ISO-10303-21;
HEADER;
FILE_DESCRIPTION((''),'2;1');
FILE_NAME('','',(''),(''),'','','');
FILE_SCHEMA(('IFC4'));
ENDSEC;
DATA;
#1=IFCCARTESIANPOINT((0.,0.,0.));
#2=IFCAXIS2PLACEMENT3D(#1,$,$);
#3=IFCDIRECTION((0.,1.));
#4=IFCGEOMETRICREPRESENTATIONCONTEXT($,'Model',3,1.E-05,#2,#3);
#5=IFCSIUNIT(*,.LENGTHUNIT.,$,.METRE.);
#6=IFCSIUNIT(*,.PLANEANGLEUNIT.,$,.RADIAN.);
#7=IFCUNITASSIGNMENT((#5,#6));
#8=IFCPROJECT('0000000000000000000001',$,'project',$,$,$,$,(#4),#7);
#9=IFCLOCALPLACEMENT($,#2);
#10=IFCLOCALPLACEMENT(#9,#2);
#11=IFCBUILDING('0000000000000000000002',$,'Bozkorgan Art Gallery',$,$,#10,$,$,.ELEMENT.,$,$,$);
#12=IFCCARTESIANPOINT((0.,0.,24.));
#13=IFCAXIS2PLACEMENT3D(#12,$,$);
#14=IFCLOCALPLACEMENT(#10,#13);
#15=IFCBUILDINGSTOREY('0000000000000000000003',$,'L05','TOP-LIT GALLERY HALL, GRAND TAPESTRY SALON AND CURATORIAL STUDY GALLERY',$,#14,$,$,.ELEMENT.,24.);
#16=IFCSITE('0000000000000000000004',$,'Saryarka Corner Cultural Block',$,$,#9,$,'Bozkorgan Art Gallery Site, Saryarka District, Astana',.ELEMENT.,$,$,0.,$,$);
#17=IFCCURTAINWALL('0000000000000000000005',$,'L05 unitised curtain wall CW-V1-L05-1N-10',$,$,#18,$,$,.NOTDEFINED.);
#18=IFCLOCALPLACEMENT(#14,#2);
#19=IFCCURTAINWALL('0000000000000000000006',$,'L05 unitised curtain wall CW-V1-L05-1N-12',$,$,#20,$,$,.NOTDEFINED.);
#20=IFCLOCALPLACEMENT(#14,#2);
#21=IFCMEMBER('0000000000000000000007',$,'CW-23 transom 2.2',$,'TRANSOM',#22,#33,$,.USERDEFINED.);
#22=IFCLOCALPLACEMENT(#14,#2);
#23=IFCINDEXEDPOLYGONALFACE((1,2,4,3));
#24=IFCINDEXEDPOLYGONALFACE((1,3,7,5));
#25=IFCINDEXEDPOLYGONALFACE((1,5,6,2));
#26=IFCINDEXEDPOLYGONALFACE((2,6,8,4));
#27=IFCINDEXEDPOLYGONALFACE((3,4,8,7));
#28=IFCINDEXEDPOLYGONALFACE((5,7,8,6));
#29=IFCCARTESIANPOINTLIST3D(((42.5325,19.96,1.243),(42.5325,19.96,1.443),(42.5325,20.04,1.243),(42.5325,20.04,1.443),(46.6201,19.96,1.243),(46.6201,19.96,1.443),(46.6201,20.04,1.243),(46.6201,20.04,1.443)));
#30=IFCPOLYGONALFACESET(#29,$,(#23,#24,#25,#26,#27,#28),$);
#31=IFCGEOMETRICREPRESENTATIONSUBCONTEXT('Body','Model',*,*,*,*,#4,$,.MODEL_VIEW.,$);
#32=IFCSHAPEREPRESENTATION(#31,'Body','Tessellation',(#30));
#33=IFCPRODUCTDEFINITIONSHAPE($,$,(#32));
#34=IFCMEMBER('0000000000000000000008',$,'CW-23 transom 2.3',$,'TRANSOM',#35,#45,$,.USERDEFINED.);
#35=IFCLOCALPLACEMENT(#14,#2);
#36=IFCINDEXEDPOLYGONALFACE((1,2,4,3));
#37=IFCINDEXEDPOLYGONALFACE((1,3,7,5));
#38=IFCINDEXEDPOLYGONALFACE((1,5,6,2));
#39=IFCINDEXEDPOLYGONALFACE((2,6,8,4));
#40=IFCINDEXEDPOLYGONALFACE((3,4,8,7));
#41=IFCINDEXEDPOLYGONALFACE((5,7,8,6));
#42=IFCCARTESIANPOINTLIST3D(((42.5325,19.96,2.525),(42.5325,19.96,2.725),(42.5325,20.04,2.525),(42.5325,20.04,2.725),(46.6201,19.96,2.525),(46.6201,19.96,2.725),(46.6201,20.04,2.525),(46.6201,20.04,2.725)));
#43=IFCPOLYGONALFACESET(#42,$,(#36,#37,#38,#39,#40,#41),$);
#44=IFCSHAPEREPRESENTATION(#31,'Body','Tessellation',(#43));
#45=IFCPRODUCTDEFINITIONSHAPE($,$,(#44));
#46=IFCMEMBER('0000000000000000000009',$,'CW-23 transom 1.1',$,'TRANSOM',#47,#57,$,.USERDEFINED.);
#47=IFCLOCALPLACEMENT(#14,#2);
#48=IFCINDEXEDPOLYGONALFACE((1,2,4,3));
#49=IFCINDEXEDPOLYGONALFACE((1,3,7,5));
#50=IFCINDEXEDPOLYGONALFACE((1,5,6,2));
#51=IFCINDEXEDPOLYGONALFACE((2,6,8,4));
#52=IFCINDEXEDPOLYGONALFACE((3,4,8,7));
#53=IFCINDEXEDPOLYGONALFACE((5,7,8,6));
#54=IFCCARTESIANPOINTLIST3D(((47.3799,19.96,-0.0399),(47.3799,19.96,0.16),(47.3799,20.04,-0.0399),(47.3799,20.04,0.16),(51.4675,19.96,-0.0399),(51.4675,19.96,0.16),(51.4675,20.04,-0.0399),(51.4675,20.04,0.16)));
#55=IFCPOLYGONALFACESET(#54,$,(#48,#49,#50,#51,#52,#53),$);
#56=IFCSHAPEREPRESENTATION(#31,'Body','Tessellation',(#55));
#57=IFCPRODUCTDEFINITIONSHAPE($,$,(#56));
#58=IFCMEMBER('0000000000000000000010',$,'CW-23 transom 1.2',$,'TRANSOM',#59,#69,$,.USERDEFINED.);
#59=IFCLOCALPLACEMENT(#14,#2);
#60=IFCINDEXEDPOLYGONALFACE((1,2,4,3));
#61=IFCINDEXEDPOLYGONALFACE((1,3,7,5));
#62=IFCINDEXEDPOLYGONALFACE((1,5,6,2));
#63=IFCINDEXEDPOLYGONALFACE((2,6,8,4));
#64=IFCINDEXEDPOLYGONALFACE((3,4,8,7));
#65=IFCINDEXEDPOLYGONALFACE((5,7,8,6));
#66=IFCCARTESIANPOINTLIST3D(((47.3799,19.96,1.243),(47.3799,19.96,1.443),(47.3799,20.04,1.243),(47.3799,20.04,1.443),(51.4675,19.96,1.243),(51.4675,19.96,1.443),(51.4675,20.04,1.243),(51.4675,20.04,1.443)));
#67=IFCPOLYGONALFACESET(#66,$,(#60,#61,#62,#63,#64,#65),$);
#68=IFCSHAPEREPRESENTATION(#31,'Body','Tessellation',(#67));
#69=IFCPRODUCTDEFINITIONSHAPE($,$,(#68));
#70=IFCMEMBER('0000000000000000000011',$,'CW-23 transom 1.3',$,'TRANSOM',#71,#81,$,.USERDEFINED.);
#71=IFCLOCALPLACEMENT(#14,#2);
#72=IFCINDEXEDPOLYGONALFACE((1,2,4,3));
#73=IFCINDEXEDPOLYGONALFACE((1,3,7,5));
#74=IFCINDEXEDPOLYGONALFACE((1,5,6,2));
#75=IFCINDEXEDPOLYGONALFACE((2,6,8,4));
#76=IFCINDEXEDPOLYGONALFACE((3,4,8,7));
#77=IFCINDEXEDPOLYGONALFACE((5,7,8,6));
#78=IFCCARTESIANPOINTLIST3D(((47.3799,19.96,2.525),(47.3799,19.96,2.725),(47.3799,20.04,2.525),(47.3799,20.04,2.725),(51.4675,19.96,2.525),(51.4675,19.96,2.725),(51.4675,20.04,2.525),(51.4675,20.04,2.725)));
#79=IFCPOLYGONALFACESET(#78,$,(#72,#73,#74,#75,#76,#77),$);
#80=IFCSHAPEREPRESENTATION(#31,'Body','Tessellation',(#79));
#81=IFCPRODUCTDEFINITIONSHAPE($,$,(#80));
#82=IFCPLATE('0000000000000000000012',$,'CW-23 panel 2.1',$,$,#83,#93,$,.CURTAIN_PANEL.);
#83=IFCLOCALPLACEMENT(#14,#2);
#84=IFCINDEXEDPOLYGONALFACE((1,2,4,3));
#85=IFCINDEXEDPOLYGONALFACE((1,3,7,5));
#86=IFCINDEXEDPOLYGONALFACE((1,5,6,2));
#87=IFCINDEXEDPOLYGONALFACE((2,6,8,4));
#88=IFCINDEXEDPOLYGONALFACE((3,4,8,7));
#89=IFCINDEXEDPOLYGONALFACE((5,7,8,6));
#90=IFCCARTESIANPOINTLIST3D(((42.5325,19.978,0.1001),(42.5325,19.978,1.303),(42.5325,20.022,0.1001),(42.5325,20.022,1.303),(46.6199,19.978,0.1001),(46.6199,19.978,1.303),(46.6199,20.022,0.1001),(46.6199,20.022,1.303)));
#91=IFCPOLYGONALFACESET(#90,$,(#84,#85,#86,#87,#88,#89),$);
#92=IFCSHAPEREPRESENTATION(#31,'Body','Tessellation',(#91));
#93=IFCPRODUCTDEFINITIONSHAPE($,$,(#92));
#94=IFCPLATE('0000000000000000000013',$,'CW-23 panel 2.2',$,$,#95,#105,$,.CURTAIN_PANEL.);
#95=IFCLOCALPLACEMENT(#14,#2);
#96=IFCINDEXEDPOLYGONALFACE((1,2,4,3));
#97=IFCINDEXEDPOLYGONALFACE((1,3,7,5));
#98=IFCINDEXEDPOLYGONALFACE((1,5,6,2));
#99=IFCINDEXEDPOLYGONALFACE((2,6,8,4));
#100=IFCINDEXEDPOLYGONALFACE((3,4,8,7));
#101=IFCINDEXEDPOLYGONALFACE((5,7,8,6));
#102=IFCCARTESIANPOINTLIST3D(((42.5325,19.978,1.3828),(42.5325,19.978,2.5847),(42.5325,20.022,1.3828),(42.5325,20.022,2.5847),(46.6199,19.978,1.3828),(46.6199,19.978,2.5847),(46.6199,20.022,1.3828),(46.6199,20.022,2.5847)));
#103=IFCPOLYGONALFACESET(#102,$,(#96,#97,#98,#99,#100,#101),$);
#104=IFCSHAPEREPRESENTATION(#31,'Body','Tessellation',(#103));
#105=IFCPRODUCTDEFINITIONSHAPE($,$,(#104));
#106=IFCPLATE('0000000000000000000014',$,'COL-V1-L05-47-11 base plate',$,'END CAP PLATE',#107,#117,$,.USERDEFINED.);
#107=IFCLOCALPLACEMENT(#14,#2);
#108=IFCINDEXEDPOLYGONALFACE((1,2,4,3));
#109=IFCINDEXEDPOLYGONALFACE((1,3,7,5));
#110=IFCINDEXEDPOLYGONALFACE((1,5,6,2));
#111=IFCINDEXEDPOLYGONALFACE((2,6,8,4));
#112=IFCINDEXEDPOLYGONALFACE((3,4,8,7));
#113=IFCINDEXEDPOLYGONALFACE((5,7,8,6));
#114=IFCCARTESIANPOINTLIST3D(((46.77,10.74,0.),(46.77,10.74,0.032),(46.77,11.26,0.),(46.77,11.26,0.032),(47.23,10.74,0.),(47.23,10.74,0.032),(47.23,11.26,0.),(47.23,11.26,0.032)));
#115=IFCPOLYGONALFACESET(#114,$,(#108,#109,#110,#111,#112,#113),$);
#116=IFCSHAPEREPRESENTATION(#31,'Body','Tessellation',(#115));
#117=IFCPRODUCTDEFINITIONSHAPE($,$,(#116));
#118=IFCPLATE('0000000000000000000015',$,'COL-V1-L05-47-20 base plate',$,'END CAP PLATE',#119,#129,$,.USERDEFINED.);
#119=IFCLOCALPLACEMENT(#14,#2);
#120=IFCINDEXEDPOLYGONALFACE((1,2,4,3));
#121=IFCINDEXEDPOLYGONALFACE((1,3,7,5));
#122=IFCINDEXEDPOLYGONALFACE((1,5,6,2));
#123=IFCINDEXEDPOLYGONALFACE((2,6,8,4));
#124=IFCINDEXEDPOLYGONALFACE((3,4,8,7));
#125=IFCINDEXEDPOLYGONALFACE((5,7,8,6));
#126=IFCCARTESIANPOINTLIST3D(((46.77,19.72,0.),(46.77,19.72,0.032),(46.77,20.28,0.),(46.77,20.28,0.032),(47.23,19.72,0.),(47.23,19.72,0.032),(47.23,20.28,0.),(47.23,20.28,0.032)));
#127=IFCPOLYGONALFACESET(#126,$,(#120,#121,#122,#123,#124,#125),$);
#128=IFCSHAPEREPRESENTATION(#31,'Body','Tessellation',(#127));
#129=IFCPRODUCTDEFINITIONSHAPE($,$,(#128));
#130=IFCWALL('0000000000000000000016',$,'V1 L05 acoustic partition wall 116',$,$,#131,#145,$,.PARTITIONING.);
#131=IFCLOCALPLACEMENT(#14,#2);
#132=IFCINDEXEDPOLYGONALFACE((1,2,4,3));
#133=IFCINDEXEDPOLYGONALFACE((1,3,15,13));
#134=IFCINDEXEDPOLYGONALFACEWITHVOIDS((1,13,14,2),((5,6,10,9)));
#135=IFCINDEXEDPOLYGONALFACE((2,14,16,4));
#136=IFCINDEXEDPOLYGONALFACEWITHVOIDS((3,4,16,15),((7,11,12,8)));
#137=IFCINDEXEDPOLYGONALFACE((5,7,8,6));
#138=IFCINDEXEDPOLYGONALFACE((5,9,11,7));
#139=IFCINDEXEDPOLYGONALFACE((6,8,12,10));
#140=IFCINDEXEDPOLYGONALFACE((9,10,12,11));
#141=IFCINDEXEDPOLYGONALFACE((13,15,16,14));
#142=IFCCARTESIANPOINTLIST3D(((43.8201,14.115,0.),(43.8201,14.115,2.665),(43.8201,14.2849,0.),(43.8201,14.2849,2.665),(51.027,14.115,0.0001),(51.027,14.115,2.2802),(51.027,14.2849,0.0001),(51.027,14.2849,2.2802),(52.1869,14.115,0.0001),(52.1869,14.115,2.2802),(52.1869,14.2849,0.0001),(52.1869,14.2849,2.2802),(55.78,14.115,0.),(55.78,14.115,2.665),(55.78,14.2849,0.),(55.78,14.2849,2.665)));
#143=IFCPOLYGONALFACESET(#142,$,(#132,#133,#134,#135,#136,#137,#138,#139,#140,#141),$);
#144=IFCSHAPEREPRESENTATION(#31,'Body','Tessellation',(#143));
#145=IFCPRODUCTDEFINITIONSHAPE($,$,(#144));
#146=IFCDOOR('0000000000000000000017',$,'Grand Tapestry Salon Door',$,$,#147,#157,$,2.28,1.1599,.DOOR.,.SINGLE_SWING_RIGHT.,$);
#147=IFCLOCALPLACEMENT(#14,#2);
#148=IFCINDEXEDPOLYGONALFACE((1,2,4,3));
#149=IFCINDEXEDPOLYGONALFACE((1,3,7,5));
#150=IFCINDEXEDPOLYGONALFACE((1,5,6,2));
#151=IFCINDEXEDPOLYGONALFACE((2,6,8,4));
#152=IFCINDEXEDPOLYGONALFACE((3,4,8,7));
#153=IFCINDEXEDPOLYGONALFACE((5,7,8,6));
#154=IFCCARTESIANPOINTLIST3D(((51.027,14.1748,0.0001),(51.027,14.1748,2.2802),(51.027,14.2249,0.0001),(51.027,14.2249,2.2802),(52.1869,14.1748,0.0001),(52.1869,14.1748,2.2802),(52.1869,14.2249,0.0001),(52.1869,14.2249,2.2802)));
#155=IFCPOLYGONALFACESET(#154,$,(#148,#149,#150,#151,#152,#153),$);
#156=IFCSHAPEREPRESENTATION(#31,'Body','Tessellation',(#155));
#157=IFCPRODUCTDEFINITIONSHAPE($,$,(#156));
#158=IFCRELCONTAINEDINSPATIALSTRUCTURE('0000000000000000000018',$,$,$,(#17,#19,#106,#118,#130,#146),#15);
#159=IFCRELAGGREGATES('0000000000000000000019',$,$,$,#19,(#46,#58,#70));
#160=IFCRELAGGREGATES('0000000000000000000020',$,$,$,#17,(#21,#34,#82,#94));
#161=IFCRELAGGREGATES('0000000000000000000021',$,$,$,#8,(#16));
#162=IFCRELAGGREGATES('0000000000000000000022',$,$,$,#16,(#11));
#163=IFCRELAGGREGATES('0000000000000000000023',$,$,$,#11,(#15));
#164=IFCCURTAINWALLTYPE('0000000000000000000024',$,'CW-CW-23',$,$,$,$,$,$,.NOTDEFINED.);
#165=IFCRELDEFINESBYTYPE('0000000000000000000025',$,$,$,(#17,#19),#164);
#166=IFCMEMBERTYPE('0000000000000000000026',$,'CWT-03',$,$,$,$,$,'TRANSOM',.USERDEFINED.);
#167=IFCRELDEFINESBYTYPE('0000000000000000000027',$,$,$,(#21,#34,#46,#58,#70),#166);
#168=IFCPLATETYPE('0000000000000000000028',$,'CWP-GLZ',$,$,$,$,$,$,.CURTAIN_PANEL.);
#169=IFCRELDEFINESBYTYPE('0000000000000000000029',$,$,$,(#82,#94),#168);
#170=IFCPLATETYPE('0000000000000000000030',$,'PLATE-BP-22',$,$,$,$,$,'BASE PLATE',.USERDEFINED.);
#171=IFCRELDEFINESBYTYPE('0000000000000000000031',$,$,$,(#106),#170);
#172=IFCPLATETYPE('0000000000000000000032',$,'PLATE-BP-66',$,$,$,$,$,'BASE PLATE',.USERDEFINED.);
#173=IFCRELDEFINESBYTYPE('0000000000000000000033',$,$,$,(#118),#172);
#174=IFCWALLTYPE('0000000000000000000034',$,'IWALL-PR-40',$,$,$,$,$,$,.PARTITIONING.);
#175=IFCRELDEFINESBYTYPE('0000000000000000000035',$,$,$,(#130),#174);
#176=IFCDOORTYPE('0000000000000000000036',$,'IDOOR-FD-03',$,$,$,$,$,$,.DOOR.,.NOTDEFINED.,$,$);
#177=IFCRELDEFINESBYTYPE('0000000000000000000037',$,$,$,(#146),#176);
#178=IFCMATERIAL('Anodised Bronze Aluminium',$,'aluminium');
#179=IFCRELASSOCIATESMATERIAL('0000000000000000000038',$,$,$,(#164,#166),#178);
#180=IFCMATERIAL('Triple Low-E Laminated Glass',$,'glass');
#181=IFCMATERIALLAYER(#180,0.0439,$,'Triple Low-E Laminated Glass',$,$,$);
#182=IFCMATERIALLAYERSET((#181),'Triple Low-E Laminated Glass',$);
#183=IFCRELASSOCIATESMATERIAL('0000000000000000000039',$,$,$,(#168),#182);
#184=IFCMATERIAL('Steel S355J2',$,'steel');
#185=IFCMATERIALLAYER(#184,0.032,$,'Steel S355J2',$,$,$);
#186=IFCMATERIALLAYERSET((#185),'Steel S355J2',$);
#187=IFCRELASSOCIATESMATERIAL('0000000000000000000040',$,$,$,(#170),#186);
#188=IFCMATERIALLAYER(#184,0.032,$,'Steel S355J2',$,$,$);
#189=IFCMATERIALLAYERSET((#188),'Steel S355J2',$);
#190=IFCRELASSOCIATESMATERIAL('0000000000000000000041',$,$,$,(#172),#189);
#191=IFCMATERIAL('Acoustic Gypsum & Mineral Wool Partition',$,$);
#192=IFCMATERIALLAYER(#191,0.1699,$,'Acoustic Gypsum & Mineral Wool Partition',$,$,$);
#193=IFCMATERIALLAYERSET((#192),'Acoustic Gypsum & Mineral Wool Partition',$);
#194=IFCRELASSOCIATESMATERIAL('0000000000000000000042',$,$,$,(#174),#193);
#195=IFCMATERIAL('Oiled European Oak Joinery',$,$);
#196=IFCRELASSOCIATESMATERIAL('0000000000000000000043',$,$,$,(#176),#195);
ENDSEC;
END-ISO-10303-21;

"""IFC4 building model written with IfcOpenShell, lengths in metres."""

from ifc_helpers import new_model, si_unit, direction, frame, frame_2d, origin, origin_2d, place, context, subcontext, project, spatial, rectangle, extrude, material, layer, layer_set, material_profile, profile_set, type_object, element, fill, aggregate, save


model = new_model("IFC4")

# Units and contexts
model_context = context("Model", 3, precision=1e-05, world=origin(), true_north=direction((0.0, 1.0)))
body_context = subcontext(model_context, "Body", "Model", "MODEL_VIEW")
ifc_project = project(units=[si_unit("LENGTHUNIT", "METRE"), si_unit("PLANEANGLEUNIT", "RADIAN")], contexts=[model_context])

# Site, building, storey
site_placement = place(None, origin())
site = spatial("IfcSite", under=ifc_project, at=site_placement, Name="Saryarka Corner Cultural Block", LongName="Bozkorgan Art Gallery Site, Saryarka District, Astana", CompositionType="ELEMENT", RefElevation=0.0)
building_placement = place(site_placement, origin())
building = spatial("IfcBuilding", under=site, at=building_placement, Name="Bozkorgan Art Gallery", CompositionType="ELEMENT")
storey_placement = place(building_placement, frame((0.0, 0.0, 24.0)))
storey = spatial("IfcBuildingStorey", under=building, at=storey_placement, Name="L05", Description="TOP-LIT GALLERY HALL, GRAND TAPESTRY SALON AND CURATORIAL STUDY GALLERY", CompositionType="ELEMENT", Elevation=24.0)

# Shared definitions
ifc_material_1 = material(Name="Steel S355J2", Category="steel")

# Curtain wall
ifc_material_2 = material(Name="Anodised Bronze Aluminium", Category="aluminium")
curtain_wall_type = type_object("IfcCurtainWallType", Name="CW-CW-23", PredefinedType="NOTDEFINED", material=ifc_material_2)
curtain_wall_1_placement = place(storey_placement, origin())
curtain_wall_1 = element("IfcCurtainWall", 1, at=curtain_wall_1_placement, inside=storey, type_object=curtain_wall_type, Name="L05 unitised curtain wall CW-V1-L05-1N-10", PredefinedType="NOTDEFINED")

# Curtain wall
curtain_wall_2_placement = place(storey_placement, origin())
curtain_wall_2 = element("IfcCurtainWall", 2, at=curtain_wall_2_placement, inside=storey, type_object=curtain_wall_type, Name="L05 unitised curtain wall CW-V1-L05-1N-12", PredefinedType="NOTDEFINED")

# Members
ifc_material_profile_1 = material_profile(ifc_material_2, rectangle(XDim=0.0801, YDim=0.2, at=origin_2d()), Name="ALU TRANSOM 80x200")
ifc_profile_set_1 = profile_set([ifc_material_profile_1], Name="Anodised Bronze Aluminium")
member_type_1 = type_object("IfcMemberType", Name="CWT-03", ElementType="TRANSOM", PredefinedType="USERDEFINED", material=ifc_profile_set_1)
member_1_placement = place(storey_placement, frame((42.5325, 20.0, 1.343), z_axis=(1.0, 0.0, 0.0), x_axis=(0.0, 1.0, 0.0)))
member_1 = element("IfcMember", 3, at=member_1_placement, type_object=member_type_1, Name="CW-23 transom 2.2", ObjectType="TRANSOM", PredefinedType="USERDEFINED", context=body_context, shape_type="SweptSolid", body=[
    extrude(rectangle(XDim=0.0801, YDim=0.2, at=origin_2d()), origin(), (0.0, 0.0, 1.0), 4.0876),
])
member_2_placement = place(storey_placement, frame((42.5325, 20.0, 2.625), z_axis=(1.0, 0.0, 0.0), x_axis=(0.0, 1.0, 0.0)))
member_2 = element("IfcMember", 4, at=member_2_placement, type_object=member_type_1, Name="CW-23 transom 2.3", ObjectType="TRANSOM", PredefinedType="USERDEFINED", context=body_context, shape_type="SweptSolid", body=[
    extrude(rectangle(XDim=0.0801, YDim=0.2, at=origin_2d()), origin(), (0.0, 0.0, 1.0), 4.0876),
])
member_3_placement = place(storey_placement, frame((47.3799, 20.0, 0.0601), z_axis=(1.0, 0.0, 0.0), x_axis=(0.0, 1.0, 0.0)))
member_3 = element("IfcMember", 5, at=member_3_placement, type_object=member_type_1, Name="CW-23 transom 1.1", ObjectType="TRANSOM", PredefinedType="USERDEFINED", context=body_context, shape_type="SweptSolid", body=[
    extrude(rectangle(XDim=0.0801, YDim=0.2, at=origin_2d()), origin(), (0.0, 0.0, 1.0), 4.0876),
])
member_4_placement = place(storey_placement, frame((47.3799, 20.0, 1.343), z_axis=(1.0, 0.0, 0.0), x_axis=(0.0, 1.0, 0.0)))
member_4 = element("IfcMember", 6, at=member_4_placement, type_object=member_type_1, Name="CW-23 transom 1.2", ObjectType="TRANSOM", PredefinedType="USERDEFINED", context=body_context, shape_type="SweptSolid", body=[
    extrude(rectangle(XDim=0.0801, YDim=0.2, at=origin_2d()), origin(), (0.0, 0.0, 1.0), 4.0876),
])
member_5_placement = place(storey_placement, frame((47.3799, 20.0, 2.625), z_axis=(1.0, 0.0, 0.0), x_axis=(0.0, 1.0, 0.0)))
member_5 = element("IfcMember", 7, at=member_5_placement, type_object=member_type_1, Name="CW-23 transom 1.3", ObjectType="TRANSOM", PredefinedType="USERDEFINED", context=body_context, shape_type="SweptSolid", body=[
    extrude(rectangle(XDim=0.0801, YDim=0.2, at=origin_2d()), origin(), (0.0, 0.0, 1.0), 4.0876),
])
aggregate(curtain_wall_2, [member_3, member_4, member_5])

# Plates
ifc_material_3 = material(Name="Triple Low-E Laminated Glass", Category="glass")
ifc_layer_1 = layer(ifc_material_3, 0.0439, Name="Triple Low-E Laminated Glass")
ifc_layer_set_1 = layer_set([ifc_layer_1], Name="Triple Low-E Laminated Glass")
plate_type_1 = type_object("IfcPlateType", Name="CWP-GLZ", PredefinedType="CURTAIN_PANEL", material=ifc_layer_set_1)
plate_1_placement = place(storey_placement, frame((44.5762, 20.0, 0.1001), z_axis=(0.0, 0.0, 1.0), x_axis=(1.0, 0.0, 0.0)))
plate_1 = element("IfcPlate", 8, at=plate_1_placement, type_object=plate_type_1, Name="CW-23 panel 2.1", PredefinedType="CURTAIN_PANEL", context=body_context, shape_type="SweptSolid", body=[
    extrude(rectangle(XDim=4.0874, YDim=0.0439, at=origin_2d()), origin(), (0.0, 0.0, 1.0), 1.2029),
])
plate_2_placement = place(storey_placement, frame((44.5762, 20.0, 1.3828), z_axis=(0.0, 0.0, 1.0), x_axis=(1.0, 0.0, 0.0)))
plate_2 = element("IfcPlate", 9, at=plate_2_placement, type_object=plate_type_1, Name="CW-23 panel 2.2", PredefinedType="CURTAIN_PANEL", context=body_context, shape_type="SweptSolid", body=[
    extrude(rectangle(XDim=4.0874, YDim=0.0439, at=origin_2d()), origin(), (0.0, 0.0, 1.0), 1.2019),
])
aggregate(curtain_wall_1, [member_1, member_2, plate_1, plate_2])

# Plates
ifc_layer_2 = layer(ifc_material_1, 0.032, Name="Steel S355J2")
ifc_layer_set_2 = layer_set([ifc_layer_2], Name="Steel S355J2")
plate_type_2 = type_object("IfcPlateType", Name="PLATE-BP-22", ElementType="BASE PLATE", PredefinedType="USERDEFINED", material=ifc_layer_set_2)
plate_3_placement = place(storey_placement, frame((47.0, 11.0, 0.0), z_axis=(0.0, 0.0, 1.0), x_axis=(1.0, 0.0, 0.0)))
element("IfcPlate", 10, at=plate_3_placement, inside=storey, type_object=plate_type_2, Name="COL-V1-L05-47-11 base plate", ObjectType="END CAP PLATE", PredefinedType="USERDEFINED", context=body_context, shape_type="SweptSolid", body=[
    extrude(rectangle(XDim=0.46, YDim=0.52, at=origin_2d()), origin(), (0.0, 0.0, 1.0), 0.032),
])
ifc_layer_3 = layer(ifc_material_1, 0.032, Name="Steel S355J2")
ifc_layer_set_3 = layer_set([ifc_layer_3], Name="Steel S355J2")
plate_type_3 = type_object("IfcPlateType", Name="PLATE-BP-66", ElementType="BASE PLATE", PredefinedType="USERDEFINED", material=ifc_layer_set_3)
plate_4_placement = place(storey_placement, frame((47.0, 20.0, 0.0), z_axis=(0.0, 0.0, 1.0), x_axis=(1.0, 0.0, 0.0)))
element("IfcPlate", 11, at=plate_4_placement, inside=storey, type_object=plate_type_3, Name="COL-V1-L05-47-20 base plate", ObjectType="END CAP PLATE", PredefinedType="USERDEFINED", context=body_context, shape_type="SweptSolid", body=[
    extrude(rectangle(XDim=0.46, YDim=0.5601, at=origin_2d()), origin(), (0.0, 0.0, 1.0), 0.032),
])

# Wall, opening, door
ifc_material_4 = material(Name="Acoustic Gypsum & Mineral Wool Partition")
ifc_layer_4 = layer(ifc_material_4, 0.1699, Name="Acoustic Gypsum & Mineral Wool Partition")
ifc_layer_set_4 = layer_set([ifc_layer_4], Name="Acoustic Gypsum & Mineral Wool Partition")
wall_type_1 = type_object("IfcWallType", Name="IWALL-PR-40", PredefinedType="PARTITIONING", material=ifc_layer_set_4)
wall_1_placement = place(storey_placement, frame((43.8201, 14.2, 0.0), z_axis=(0.0, 0.0, 1.0), x_axis=(1.0, 0.0, 0.0)))
wall_1 = element("IfcWall", 12, at=wall_1_placement, inside=storey, type_object=wall_type_1, Name="V1 L05 acoustic partition wall 116", PredefinedType="PARTITIONING", context=body_context, shape_type="SweptSolid", body=[
    extrude(rectangle(XDim=11.96, YDim=0.1699, at=frame_2d((5.98, 0.0))), origin(), (0.0, 0.0, 1.0), 2.665),
])
opening_1_placement = place(wall_1_placement, frame((7.2068, 0.0, 0.0)))
opening_1 = element("IfcOpeningElement", 13, at=opening_1_placement, cuts=wall_1, PredefinedType="OPENING", context=body_context, shape_type="SweptSolid", body=[
    extrude(rectangle(XDim=1.1599, YDim=2.28, at=frame_2d((0.5801, 1.1401))), frame((0.0, 0.095, 0.0), z_axis=(0.0, -1.0, 0.0), x_axis=(1.0, 0.0, 0.0)), (0.0, 0.0, 1.0), 0.1899),
])
ifc_material_5 = material(Name="Oiled European Oak Joinery")
door_type_1 = type_object("IfcDoorType", Name="IDOOR-FD-03", OperationType="NOTDEFINED", PredefinedType="DOOR", material=ifc_material_5)
door_1_placement = place(opening_1_placement, origin())
door_1 = element("IfcDoor", 14, at=door_1_placement, inside=storey, type_object=door_type_1, Name="Grand Tapestry Salon Door", OperationType="SINGLE_SWING_RIGHT", OverallHeight=2.28, OverallWidth=1.1599, PredefinedType="DOOR", context=body_context, shape_type="SweptSolid", body=[
    extrude(rectangle(XDim=1.1599, YDim=2.28, at=frame_2d((0.5801, 1.1401))), frame((0.0, 0.0249, 0.0), z_axis=(0.0, -1.0, 0.0), x_axis=(1.0, 0.0, 0.0)), (0.0, 0.0, 1.0), 0.05),
])
fill(opening_1, door_1)

save(model, "model.ifc")
